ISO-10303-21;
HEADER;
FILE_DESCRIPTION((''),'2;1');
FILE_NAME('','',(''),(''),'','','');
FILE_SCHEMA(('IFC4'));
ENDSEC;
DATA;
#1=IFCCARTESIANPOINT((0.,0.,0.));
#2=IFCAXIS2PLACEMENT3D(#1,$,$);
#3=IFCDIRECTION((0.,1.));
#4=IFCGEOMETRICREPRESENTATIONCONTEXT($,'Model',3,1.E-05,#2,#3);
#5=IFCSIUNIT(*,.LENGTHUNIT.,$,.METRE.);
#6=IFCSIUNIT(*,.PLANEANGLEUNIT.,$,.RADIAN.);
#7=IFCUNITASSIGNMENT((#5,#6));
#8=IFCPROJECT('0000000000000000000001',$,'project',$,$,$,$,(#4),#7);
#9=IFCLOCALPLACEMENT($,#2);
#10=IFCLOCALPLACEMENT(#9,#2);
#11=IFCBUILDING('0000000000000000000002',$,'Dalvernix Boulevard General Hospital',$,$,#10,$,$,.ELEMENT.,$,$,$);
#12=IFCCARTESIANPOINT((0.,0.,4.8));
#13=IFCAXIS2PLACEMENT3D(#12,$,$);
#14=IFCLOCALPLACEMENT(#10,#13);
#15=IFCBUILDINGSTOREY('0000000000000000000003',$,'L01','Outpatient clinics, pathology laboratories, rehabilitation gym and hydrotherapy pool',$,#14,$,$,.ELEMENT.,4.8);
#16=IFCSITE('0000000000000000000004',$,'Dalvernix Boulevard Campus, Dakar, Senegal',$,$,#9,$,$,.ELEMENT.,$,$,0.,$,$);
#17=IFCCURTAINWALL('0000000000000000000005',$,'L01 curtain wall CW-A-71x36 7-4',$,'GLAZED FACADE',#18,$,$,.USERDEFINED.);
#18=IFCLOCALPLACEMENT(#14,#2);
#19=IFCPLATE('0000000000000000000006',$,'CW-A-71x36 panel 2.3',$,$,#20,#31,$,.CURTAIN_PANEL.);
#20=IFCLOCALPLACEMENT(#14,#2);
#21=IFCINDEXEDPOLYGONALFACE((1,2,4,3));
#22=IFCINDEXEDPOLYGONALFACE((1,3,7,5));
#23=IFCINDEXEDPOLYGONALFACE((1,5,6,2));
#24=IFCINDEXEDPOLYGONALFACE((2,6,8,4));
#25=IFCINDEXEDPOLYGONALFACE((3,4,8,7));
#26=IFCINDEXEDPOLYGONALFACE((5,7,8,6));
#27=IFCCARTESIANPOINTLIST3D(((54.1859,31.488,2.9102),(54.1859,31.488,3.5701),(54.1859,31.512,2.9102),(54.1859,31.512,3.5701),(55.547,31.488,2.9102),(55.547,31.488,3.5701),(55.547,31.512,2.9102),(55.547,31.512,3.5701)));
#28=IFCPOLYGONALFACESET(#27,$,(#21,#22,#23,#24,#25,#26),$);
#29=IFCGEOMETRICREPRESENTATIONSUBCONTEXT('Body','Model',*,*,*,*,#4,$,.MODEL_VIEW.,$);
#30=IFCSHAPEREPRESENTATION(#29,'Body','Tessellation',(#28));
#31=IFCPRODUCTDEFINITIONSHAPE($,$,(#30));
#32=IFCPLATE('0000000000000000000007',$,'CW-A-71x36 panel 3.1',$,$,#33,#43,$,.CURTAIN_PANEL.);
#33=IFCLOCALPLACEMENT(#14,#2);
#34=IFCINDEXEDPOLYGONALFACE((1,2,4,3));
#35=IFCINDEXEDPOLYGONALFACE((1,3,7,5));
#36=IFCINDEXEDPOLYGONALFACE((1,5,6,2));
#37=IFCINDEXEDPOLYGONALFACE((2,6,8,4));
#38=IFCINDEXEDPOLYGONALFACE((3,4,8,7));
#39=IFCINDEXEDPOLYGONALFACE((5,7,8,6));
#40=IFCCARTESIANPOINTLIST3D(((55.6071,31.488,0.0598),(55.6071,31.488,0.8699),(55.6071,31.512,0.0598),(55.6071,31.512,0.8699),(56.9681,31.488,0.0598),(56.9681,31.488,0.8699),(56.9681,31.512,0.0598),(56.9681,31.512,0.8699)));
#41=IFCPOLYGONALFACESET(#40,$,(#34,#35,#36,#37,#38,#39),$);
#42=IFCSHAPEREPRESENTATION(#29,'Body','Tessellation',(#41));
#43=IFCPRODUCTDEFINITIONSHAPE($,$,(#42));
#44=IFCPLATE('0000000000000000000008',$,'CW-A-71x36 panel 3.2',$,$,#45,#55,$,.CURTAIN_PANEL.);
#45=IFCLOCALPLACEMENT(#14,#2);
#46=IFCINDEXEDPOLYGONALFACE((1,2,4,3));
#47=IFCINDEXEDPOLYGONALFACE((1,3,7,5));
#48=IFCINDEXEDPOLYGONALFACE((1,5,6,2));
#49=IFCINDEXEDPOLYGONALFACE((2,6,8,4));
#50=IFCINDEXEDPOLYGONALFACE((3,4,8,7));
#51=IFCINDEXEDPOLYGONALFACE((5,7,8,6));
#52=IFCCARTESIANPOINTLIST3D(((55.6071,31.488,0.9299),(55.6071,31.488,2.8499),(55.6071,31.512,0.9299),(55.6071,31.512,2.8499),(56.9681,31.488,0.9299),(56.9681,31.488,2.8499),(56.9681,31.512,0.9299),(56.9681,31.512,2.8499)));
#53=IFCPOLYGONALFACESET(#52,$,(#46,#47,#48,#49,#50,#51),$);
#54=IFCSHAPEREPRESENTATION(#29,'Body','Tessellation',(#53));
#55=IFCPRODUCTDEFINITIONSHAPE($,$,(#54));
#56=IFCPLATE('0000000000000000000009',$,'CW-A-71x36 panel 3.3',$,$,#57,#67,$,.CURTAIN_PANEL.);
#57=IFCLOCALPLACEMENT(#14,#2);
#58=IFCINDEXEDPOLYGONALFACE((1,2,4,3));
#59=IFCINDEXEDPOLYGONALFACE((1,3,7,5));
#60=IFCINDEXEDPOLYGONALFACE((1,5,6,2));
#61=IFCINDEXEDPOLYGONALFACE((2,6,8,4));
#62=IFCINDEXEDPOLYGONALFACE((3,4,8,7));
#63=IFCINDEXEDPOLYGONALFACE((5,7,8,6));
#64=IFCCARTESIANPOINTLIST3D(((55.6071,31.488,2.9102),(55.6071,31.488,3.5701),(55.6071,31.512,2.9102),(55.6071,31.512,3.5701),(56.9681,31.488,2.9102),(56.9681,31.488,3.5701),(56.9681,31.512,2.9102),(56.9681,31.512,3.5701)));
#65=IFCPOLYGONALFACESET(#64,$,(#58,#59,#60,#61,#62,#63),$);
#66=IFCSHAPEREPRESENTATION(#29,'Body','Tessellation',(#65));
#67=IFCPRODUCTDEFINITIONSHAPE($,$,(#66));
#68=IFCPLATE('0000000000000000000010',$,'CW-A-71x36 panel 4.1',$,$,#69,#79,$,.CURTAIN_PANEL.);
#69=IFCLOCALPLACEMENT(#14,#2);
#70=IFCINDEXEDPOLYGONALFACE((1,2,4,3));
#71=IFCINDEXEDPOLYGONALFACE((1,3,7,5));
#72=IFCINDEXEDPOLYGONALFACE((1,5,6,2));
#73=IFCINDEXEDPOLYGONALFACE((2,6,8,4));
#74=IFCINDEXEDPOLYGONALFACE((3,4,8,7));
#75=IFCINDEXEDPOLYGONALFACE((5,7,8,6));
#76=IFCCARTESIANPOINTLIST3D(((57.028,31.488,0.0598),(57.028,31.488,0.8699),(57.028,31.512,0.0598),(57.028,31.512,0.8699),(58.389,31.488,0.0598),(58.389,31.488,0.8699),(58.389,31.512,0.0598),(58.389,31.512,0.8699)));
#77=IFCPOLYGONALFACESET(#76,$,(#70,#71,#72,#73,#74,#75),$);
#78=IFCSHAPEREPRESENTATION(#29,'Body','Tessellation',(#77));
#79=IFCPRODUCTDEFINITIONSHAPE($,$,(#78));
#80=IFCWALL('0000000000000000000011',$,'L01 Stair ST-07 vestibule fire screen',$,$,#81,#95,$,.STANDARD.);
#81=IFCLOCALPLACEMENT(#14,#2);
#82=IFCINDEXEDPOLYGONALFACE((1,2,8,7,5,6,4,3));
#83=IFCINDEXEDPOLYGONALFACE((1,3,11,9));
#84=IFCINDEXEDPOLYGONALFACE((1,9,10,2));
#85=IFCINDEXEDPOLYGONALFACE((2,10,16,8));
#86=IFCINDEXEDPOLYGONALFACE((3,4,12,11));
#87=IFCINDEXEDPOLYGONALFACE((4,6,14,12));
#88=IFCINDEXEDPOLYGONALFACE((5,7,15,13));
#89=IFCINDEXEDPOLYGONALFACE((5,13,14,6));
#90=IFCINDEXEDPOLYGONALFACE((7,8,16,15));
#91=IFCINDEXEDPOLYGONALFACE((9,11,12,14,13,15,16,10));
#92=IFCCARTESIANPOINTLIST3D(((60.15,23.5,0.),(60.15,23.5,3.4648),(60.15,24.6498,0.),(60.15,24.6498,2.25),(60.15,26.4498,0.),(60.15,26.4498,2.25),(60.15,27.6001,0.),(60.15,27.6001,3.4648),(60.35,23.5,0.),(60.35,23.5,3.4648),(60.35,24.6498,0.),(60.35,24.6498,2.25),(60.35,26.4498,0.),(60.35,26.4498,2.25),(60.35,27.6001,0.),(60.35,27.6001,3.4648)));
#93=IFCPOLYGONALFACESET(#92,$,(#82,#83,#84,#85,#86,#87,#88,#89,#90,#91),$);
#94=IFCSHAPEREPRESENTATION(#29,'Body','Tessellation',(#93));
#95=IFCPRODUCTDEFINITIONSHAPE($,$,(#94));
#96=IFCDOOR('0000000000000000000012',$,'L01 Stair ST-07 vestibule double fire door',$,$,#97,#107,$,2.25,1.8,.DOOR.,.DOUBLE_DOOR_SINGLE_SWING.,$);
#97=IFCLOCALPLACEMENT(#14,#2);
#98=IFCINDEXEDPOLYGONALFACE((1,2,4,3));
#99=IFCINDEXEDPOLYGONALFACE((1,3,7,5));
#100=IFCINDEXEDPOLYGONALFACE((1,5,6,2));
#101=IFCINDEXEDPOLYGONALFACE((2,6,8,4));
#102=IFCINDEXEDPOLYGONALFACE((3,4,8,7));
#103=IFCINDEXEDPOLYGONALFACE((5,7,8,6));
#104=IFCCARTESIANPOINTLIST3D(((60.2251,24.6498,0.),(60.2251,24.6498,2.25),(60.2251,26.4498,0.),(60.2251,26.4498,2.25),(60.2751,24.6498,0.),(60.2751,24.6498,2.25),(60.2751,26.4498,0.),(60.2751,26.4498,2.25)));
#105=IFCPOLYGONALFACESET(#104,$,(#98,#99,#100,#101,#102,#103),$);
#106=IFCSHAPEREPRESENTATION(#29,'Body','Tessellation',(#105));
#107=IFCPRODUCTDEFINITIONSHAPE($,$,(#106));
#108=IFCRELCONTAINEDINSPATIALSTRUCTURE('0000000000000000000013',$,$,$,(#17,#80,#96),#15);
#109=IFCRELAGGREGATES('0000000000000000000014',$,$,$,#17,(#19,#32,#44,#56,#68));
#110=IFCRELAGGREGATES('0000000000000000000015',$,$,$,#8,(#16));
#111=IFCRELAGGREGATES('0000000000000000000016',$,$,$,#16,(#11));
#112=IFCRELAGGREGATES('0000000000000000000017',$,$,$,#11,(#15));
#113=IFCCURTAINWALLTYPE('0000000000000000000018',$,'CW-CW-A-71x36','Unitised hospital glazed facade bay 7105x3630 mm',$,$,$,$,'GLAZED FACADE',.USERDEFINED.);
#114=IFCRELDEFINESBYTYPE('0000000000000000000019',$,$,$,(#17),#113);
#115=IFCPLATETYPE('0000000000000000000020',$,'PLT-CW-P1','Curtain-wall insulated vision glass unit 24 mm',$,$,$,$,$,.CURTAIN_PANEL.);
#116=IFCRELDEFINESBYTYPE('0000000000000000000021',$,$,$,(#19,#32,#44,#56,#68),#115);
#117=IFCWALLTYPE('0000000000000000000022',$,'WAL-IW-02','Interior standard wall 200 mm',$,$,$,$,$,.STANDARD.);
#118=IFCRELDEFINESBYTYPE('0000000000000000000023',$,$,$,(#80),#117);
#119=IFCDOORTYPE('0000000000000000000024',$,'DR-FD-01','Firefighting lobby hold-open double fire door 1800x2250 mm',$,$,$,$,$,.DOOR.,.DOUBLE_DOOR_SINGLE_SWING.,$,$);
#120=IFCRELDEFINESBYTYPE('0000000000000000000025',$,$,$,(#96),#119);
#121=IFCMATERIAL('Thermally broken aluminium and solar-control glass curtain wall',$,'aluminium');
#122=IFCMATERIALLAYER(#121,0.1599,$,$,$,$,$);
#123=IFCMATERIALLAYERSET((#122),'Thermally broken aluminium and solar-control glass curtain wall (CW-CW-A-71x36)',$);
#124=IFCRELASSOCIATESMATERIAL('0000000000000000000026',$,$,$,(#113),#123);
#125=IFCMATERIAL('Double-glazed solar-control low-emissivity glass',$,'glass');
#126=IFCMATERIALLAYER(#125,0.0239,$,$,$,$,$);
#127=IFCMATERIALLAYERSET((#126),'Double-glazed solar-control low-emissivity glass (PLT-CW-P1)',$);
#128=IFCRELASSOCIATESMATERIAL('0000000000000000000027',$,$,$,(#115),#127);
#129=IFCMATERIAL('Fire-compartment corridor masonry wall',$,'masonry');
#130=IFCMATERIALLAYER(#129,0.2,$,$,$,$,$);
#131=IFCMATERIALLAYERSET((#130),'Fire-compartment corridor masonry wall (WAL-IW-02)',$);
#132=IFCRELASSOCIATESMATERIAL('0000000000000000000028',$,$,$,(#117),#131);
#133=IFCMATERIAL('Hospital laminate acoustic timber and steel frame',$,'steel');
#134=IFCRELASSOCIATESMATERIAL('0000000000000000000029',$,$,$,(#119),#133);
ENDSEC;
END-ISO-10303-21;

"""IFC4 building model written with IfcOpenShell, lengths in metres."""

from ifc_helpers import new_model, si_unit, direction, frame, frame_2d, origin, origin_2d, place, context, subcontext, project, spatial, rectangle, extrude, material, layer, layer_set, type_object, element, fill, aggregate, save


model = new_model("IFC4")

# Units and contexts
model_context = context("Model", 3, precision=1e-05, world=origin(), true_north=direction((0.0, 1.0)))
body_context = subcontext(model_context, "Body", "Model", "MODEL_VIEW")
ifc_project = project(units=[si_unit("LENGTHUNIT", "METRE"), si_unit("PLANEANGLEUNIT", "RADIAN")], contexts=[model_context])

# Site, building, storey
site_placement = place(None, origin())
site = spatial("IfcSite", under=ifc_project, at=site_placement, Name="Dalvernix Boulevard Campus, Dakar, Senegal", CompositionType="ELEMENT", RefElevation=0.0)
building_placement = place(site_placement, origin())
building = spatial("IfcBuilding", under=site, at=building_placement, Name="Dalvernix Boulevard General Hospital", CompositionType="ELEMENT")
storey_placement = place(building_placement, frame((0.0, 0.0, 4.8)))
storey = spatial("IfcBuildingStorey", under=building, at=storey_placement, Name="L01", Description="Outpatient clinics, pathology laboratories, rehabilitation gym and hydrotherapy pool", CompositionType="ELEMENT", Elevation=4.8)

# Curtain wall, plates
ifc_material_1 = material(Name="Thermally broken aluminium and solar-control glass curtain wall", Category="aluminium")
ifc_layer_1 = layer(ifc_material_1, 0.1599)
ifc_layer_set_1 = layer_set([ifc_layer_1], Name="Thermally broken aluminium and solar-control glass curtain wall (CW-CW-A-71x36)")
curtain_wall_type = type_object("IfcCurtainWallType", Name="CW-CW-A-71x36", Description="Unitised hospital glazed facade bay 7105x3630 mm", ElementType="GLAZED FACADE", PredefinedType="USERDEFINED", material=ifc_layer_set_1)
curtain_wall_placement = place(storey_placement, origin())
curtain_wall = element("IfcCurtainWall", 1, at=curtain_wall_placement, inside=storey, type_object=curtain_wall_type, Name="L01 curtain wall CW-A-71x36 7-4", ObjectType="GLAZED FACADE", PredefinedType="USERDEFINED")
ifc_material_2 = material(Name="Double-glazed solar-control low-emissivity glass", Category="glass")
ifc_layer_2 = layer(ifc_material_2, 0.0239)
ifc_layer_set_2 = layer_set([ifc_layer_2], Name="Double-glazed solar-control low-emissivity glass (PLT-CW-P1)")
plate_type = type_object("IfcPlateType", Name="PLT-CW-P1", Description="Curtain-wall insulated vision glass unit 24 mm", PredefinedType="CURTAIN_PANEL", material=ifc_layer_set_2)
plate_1_placement = place(storey_placement, frame((54.8665, 31.5, 2.9102), z_axis=(0.0, 0.0, 1.0), x_axis=(1.0, 0.0, 0.0)))
plate_1 = element("IfcPlate", 2, at=plate_1_placement, type_object=plate_type, Name="CW-A-71x36 panel 2.3", PredefinedType="CURTAIN_PANEL", context=body_context, shape_type="SweptSolid", body=[
    extrude(rectangle(XDim=1.3611, YDim=0.0239, at=origin_2d()), origin(), (0.0, 0.0, 1.0), 0.6599),
])
plate_2_placement = place(storey_placement, frame((56.2876, 31.5, 0.0598), z_axis=(0.0, 0.0, 1.0), x_axis=(1.0, 0.0, 0.0)))
plate_2 = element("IfcPlate", 3, at=plate_2_placement, type_object=plate_type, Name="CW-A-71x36 panel 3.1", PredefinedType="CURTAIN_PANEL", context=body_context, shape_type="SweptSolid", body=[
    extrude(rectangle(XDim=1.3611, YDim=0.0239, at=origin_2d()), origin(), (0.0, 0.0, 1.0), 0.8101),
])
plate_3_placement = place(storey_placement, frame((56.2876, 31.5, 0.9299), z_axis=(0.0, 0.0, 1.0), x_axis=(1.0, 0.0, 0.0)))
plate_3 = element("IfcPlate", 4, at=plate_3_placement, type_object=plate_type, Name="CW-A-71x36 panel 3.2", PredefinedType="CURTAIN_PANEL", context=body_context, shape_type="SweptSolid", body=[
    extrude(rectangle(XDim=1.3611, YDim=0.0239, at=origin_2d()), origin(), (0.0, 0.0, 1.0), 1.9199),
])
plate_4_placement = place(storey_placement, frame((56.2876, 31.5, 2.9102), z_axis=(0.0, 0.0, 1.0), x_axis=(1.0, 0.0, 0.0)))
plate_4 = element("IfcPlate", 5, at=plate_4_placement, type_object=plate_type, Name="CW-A-71x36 panel 3.3", PredefinedType="CURTAIN_PANEL", context=body_context, shape_type="SweptSolid", body=[
    extrude(rectangle(XDim=1.3611, YDim=0.0239, at=origin_2d()), origin(), (0.0, 0.0, 1.0), 0.6599),
])
plate_5_placement = place(storey_placement, frame((57.7085, 31.5, 0.0598), z_axis=(0.0, 0.0, 1.0), x_axis=(1.0, 0.0, 0.0)))
plate_5 = element("IfcPlate", 6, at=plate_5_placement, type_object=plate_type, Name="CW-A-71x36 panel 4.1", PredefinedType="CURTAIN_PANEL", context=body_context, shape_type="SweptSolid", body=[
    extrude(rectangle(XDim=1.3611, YDim=0.0239, at=origin_2d()), origin(), (0.0, 0.0, 1.0), 0.8101),
])
aggregate(curtain_wall, [plate_1, plate_2, plate_3, plate_4, plate_5])

# Wall, opening, door
ifc_material_3 = material(Name="Fire-compartment corridor masonry wall", Category="masonry")
ifc_layer_3 = layer(ifc_material_3, 0.2)
ifc_layer_set_3 = layer_set([ifc_layer_3], Name="Fire-compartment corridor masonry wall (WAL-IW-02)")
wall_type = type_object("IfcWallType", Name="WAL-IW-02", Description="Interior standard wall 200 mm", PredefinedType="STANDARD", material=ifc_layer_set_3)
wall_placement = place(storey_placement, frame((60.25, 23.5, 0.0), z_axis=(0.0, 0.0, 1.0), x_axis=(0.0, 1.0, 0.0)))
wall = element("IfcWall", 7, at=wall_placement, inside=storey, type_object=wall_type, Name="L01 Stair ST-07 vestibule fire screen", PredefinedType="STANDARD", context=body_context, shape_type="SweptSolid", body=[
    extrude(rectangle(XDim=4.1001, YDim=0.2, at=frame_2d((2.05, 0.0))), origin(), (0.0, 0.0, 1.0), 3.4648),
])
opening_placement = place(wall_placement, frame((1.1499, 0.0, 0.0)))
opening = element("IfcOpeningElement", 8, at=opening_placement, cuts=wall, PredefinedType="OPENING", context=body_context, shape_type="SweptSolid", body=[
    extrude(rectangle(XDim=1.8, YDim=2.25, at=frame_2d((0.8999, 1.125))), frame((0.0, 0.1099, 0.0), z_axis=(0.0, -1.0, 0.0), x_axis=(1.0, 0.0, 0.0)), (0.0, 0.0, 1.0), 0.22),
])
ifc_material_4 = material(Name="Hospital laminate acoustic timber and steel frame", Category="steel")
door_type = type_object("IfcDoorType", Name="DR-FD-01", Description="Firefighting lobby hold-open double fire door 1800x2250 mm", OperationType="DOUBLE_DOOR_SINGLE_SWING", PredefinedType="DOOR", material=ifc_material_4)
door_placement = place(opening_placement, origin())
door = element("IfcDoor", 9, at=door_placement, inside=storey, type_object=door_type, Name="L01 Stair ST-07 vestibule double fire door", OperationType="DOUBLE_DOOR_SINGLE_SWING", OverallHeight=2.25, OverallWidth=1.8, PredefinedType="DOOR", context=body_context, shape_type="SweptSolid", body=[
    extrude(rectangle(XDim=1.8, YDim=2.25, at=frame_2d((0.8999, 1.125))), frame((0.0, 0.0249, 0.0), z_axis=(0.0, -1.0, 0.0), x_axis=(1.0, 0.0, 0.0)), (0.0, 0.0, 1.0), 0.05),
])
fill(opening, door)

save(model, "model.ifc")
